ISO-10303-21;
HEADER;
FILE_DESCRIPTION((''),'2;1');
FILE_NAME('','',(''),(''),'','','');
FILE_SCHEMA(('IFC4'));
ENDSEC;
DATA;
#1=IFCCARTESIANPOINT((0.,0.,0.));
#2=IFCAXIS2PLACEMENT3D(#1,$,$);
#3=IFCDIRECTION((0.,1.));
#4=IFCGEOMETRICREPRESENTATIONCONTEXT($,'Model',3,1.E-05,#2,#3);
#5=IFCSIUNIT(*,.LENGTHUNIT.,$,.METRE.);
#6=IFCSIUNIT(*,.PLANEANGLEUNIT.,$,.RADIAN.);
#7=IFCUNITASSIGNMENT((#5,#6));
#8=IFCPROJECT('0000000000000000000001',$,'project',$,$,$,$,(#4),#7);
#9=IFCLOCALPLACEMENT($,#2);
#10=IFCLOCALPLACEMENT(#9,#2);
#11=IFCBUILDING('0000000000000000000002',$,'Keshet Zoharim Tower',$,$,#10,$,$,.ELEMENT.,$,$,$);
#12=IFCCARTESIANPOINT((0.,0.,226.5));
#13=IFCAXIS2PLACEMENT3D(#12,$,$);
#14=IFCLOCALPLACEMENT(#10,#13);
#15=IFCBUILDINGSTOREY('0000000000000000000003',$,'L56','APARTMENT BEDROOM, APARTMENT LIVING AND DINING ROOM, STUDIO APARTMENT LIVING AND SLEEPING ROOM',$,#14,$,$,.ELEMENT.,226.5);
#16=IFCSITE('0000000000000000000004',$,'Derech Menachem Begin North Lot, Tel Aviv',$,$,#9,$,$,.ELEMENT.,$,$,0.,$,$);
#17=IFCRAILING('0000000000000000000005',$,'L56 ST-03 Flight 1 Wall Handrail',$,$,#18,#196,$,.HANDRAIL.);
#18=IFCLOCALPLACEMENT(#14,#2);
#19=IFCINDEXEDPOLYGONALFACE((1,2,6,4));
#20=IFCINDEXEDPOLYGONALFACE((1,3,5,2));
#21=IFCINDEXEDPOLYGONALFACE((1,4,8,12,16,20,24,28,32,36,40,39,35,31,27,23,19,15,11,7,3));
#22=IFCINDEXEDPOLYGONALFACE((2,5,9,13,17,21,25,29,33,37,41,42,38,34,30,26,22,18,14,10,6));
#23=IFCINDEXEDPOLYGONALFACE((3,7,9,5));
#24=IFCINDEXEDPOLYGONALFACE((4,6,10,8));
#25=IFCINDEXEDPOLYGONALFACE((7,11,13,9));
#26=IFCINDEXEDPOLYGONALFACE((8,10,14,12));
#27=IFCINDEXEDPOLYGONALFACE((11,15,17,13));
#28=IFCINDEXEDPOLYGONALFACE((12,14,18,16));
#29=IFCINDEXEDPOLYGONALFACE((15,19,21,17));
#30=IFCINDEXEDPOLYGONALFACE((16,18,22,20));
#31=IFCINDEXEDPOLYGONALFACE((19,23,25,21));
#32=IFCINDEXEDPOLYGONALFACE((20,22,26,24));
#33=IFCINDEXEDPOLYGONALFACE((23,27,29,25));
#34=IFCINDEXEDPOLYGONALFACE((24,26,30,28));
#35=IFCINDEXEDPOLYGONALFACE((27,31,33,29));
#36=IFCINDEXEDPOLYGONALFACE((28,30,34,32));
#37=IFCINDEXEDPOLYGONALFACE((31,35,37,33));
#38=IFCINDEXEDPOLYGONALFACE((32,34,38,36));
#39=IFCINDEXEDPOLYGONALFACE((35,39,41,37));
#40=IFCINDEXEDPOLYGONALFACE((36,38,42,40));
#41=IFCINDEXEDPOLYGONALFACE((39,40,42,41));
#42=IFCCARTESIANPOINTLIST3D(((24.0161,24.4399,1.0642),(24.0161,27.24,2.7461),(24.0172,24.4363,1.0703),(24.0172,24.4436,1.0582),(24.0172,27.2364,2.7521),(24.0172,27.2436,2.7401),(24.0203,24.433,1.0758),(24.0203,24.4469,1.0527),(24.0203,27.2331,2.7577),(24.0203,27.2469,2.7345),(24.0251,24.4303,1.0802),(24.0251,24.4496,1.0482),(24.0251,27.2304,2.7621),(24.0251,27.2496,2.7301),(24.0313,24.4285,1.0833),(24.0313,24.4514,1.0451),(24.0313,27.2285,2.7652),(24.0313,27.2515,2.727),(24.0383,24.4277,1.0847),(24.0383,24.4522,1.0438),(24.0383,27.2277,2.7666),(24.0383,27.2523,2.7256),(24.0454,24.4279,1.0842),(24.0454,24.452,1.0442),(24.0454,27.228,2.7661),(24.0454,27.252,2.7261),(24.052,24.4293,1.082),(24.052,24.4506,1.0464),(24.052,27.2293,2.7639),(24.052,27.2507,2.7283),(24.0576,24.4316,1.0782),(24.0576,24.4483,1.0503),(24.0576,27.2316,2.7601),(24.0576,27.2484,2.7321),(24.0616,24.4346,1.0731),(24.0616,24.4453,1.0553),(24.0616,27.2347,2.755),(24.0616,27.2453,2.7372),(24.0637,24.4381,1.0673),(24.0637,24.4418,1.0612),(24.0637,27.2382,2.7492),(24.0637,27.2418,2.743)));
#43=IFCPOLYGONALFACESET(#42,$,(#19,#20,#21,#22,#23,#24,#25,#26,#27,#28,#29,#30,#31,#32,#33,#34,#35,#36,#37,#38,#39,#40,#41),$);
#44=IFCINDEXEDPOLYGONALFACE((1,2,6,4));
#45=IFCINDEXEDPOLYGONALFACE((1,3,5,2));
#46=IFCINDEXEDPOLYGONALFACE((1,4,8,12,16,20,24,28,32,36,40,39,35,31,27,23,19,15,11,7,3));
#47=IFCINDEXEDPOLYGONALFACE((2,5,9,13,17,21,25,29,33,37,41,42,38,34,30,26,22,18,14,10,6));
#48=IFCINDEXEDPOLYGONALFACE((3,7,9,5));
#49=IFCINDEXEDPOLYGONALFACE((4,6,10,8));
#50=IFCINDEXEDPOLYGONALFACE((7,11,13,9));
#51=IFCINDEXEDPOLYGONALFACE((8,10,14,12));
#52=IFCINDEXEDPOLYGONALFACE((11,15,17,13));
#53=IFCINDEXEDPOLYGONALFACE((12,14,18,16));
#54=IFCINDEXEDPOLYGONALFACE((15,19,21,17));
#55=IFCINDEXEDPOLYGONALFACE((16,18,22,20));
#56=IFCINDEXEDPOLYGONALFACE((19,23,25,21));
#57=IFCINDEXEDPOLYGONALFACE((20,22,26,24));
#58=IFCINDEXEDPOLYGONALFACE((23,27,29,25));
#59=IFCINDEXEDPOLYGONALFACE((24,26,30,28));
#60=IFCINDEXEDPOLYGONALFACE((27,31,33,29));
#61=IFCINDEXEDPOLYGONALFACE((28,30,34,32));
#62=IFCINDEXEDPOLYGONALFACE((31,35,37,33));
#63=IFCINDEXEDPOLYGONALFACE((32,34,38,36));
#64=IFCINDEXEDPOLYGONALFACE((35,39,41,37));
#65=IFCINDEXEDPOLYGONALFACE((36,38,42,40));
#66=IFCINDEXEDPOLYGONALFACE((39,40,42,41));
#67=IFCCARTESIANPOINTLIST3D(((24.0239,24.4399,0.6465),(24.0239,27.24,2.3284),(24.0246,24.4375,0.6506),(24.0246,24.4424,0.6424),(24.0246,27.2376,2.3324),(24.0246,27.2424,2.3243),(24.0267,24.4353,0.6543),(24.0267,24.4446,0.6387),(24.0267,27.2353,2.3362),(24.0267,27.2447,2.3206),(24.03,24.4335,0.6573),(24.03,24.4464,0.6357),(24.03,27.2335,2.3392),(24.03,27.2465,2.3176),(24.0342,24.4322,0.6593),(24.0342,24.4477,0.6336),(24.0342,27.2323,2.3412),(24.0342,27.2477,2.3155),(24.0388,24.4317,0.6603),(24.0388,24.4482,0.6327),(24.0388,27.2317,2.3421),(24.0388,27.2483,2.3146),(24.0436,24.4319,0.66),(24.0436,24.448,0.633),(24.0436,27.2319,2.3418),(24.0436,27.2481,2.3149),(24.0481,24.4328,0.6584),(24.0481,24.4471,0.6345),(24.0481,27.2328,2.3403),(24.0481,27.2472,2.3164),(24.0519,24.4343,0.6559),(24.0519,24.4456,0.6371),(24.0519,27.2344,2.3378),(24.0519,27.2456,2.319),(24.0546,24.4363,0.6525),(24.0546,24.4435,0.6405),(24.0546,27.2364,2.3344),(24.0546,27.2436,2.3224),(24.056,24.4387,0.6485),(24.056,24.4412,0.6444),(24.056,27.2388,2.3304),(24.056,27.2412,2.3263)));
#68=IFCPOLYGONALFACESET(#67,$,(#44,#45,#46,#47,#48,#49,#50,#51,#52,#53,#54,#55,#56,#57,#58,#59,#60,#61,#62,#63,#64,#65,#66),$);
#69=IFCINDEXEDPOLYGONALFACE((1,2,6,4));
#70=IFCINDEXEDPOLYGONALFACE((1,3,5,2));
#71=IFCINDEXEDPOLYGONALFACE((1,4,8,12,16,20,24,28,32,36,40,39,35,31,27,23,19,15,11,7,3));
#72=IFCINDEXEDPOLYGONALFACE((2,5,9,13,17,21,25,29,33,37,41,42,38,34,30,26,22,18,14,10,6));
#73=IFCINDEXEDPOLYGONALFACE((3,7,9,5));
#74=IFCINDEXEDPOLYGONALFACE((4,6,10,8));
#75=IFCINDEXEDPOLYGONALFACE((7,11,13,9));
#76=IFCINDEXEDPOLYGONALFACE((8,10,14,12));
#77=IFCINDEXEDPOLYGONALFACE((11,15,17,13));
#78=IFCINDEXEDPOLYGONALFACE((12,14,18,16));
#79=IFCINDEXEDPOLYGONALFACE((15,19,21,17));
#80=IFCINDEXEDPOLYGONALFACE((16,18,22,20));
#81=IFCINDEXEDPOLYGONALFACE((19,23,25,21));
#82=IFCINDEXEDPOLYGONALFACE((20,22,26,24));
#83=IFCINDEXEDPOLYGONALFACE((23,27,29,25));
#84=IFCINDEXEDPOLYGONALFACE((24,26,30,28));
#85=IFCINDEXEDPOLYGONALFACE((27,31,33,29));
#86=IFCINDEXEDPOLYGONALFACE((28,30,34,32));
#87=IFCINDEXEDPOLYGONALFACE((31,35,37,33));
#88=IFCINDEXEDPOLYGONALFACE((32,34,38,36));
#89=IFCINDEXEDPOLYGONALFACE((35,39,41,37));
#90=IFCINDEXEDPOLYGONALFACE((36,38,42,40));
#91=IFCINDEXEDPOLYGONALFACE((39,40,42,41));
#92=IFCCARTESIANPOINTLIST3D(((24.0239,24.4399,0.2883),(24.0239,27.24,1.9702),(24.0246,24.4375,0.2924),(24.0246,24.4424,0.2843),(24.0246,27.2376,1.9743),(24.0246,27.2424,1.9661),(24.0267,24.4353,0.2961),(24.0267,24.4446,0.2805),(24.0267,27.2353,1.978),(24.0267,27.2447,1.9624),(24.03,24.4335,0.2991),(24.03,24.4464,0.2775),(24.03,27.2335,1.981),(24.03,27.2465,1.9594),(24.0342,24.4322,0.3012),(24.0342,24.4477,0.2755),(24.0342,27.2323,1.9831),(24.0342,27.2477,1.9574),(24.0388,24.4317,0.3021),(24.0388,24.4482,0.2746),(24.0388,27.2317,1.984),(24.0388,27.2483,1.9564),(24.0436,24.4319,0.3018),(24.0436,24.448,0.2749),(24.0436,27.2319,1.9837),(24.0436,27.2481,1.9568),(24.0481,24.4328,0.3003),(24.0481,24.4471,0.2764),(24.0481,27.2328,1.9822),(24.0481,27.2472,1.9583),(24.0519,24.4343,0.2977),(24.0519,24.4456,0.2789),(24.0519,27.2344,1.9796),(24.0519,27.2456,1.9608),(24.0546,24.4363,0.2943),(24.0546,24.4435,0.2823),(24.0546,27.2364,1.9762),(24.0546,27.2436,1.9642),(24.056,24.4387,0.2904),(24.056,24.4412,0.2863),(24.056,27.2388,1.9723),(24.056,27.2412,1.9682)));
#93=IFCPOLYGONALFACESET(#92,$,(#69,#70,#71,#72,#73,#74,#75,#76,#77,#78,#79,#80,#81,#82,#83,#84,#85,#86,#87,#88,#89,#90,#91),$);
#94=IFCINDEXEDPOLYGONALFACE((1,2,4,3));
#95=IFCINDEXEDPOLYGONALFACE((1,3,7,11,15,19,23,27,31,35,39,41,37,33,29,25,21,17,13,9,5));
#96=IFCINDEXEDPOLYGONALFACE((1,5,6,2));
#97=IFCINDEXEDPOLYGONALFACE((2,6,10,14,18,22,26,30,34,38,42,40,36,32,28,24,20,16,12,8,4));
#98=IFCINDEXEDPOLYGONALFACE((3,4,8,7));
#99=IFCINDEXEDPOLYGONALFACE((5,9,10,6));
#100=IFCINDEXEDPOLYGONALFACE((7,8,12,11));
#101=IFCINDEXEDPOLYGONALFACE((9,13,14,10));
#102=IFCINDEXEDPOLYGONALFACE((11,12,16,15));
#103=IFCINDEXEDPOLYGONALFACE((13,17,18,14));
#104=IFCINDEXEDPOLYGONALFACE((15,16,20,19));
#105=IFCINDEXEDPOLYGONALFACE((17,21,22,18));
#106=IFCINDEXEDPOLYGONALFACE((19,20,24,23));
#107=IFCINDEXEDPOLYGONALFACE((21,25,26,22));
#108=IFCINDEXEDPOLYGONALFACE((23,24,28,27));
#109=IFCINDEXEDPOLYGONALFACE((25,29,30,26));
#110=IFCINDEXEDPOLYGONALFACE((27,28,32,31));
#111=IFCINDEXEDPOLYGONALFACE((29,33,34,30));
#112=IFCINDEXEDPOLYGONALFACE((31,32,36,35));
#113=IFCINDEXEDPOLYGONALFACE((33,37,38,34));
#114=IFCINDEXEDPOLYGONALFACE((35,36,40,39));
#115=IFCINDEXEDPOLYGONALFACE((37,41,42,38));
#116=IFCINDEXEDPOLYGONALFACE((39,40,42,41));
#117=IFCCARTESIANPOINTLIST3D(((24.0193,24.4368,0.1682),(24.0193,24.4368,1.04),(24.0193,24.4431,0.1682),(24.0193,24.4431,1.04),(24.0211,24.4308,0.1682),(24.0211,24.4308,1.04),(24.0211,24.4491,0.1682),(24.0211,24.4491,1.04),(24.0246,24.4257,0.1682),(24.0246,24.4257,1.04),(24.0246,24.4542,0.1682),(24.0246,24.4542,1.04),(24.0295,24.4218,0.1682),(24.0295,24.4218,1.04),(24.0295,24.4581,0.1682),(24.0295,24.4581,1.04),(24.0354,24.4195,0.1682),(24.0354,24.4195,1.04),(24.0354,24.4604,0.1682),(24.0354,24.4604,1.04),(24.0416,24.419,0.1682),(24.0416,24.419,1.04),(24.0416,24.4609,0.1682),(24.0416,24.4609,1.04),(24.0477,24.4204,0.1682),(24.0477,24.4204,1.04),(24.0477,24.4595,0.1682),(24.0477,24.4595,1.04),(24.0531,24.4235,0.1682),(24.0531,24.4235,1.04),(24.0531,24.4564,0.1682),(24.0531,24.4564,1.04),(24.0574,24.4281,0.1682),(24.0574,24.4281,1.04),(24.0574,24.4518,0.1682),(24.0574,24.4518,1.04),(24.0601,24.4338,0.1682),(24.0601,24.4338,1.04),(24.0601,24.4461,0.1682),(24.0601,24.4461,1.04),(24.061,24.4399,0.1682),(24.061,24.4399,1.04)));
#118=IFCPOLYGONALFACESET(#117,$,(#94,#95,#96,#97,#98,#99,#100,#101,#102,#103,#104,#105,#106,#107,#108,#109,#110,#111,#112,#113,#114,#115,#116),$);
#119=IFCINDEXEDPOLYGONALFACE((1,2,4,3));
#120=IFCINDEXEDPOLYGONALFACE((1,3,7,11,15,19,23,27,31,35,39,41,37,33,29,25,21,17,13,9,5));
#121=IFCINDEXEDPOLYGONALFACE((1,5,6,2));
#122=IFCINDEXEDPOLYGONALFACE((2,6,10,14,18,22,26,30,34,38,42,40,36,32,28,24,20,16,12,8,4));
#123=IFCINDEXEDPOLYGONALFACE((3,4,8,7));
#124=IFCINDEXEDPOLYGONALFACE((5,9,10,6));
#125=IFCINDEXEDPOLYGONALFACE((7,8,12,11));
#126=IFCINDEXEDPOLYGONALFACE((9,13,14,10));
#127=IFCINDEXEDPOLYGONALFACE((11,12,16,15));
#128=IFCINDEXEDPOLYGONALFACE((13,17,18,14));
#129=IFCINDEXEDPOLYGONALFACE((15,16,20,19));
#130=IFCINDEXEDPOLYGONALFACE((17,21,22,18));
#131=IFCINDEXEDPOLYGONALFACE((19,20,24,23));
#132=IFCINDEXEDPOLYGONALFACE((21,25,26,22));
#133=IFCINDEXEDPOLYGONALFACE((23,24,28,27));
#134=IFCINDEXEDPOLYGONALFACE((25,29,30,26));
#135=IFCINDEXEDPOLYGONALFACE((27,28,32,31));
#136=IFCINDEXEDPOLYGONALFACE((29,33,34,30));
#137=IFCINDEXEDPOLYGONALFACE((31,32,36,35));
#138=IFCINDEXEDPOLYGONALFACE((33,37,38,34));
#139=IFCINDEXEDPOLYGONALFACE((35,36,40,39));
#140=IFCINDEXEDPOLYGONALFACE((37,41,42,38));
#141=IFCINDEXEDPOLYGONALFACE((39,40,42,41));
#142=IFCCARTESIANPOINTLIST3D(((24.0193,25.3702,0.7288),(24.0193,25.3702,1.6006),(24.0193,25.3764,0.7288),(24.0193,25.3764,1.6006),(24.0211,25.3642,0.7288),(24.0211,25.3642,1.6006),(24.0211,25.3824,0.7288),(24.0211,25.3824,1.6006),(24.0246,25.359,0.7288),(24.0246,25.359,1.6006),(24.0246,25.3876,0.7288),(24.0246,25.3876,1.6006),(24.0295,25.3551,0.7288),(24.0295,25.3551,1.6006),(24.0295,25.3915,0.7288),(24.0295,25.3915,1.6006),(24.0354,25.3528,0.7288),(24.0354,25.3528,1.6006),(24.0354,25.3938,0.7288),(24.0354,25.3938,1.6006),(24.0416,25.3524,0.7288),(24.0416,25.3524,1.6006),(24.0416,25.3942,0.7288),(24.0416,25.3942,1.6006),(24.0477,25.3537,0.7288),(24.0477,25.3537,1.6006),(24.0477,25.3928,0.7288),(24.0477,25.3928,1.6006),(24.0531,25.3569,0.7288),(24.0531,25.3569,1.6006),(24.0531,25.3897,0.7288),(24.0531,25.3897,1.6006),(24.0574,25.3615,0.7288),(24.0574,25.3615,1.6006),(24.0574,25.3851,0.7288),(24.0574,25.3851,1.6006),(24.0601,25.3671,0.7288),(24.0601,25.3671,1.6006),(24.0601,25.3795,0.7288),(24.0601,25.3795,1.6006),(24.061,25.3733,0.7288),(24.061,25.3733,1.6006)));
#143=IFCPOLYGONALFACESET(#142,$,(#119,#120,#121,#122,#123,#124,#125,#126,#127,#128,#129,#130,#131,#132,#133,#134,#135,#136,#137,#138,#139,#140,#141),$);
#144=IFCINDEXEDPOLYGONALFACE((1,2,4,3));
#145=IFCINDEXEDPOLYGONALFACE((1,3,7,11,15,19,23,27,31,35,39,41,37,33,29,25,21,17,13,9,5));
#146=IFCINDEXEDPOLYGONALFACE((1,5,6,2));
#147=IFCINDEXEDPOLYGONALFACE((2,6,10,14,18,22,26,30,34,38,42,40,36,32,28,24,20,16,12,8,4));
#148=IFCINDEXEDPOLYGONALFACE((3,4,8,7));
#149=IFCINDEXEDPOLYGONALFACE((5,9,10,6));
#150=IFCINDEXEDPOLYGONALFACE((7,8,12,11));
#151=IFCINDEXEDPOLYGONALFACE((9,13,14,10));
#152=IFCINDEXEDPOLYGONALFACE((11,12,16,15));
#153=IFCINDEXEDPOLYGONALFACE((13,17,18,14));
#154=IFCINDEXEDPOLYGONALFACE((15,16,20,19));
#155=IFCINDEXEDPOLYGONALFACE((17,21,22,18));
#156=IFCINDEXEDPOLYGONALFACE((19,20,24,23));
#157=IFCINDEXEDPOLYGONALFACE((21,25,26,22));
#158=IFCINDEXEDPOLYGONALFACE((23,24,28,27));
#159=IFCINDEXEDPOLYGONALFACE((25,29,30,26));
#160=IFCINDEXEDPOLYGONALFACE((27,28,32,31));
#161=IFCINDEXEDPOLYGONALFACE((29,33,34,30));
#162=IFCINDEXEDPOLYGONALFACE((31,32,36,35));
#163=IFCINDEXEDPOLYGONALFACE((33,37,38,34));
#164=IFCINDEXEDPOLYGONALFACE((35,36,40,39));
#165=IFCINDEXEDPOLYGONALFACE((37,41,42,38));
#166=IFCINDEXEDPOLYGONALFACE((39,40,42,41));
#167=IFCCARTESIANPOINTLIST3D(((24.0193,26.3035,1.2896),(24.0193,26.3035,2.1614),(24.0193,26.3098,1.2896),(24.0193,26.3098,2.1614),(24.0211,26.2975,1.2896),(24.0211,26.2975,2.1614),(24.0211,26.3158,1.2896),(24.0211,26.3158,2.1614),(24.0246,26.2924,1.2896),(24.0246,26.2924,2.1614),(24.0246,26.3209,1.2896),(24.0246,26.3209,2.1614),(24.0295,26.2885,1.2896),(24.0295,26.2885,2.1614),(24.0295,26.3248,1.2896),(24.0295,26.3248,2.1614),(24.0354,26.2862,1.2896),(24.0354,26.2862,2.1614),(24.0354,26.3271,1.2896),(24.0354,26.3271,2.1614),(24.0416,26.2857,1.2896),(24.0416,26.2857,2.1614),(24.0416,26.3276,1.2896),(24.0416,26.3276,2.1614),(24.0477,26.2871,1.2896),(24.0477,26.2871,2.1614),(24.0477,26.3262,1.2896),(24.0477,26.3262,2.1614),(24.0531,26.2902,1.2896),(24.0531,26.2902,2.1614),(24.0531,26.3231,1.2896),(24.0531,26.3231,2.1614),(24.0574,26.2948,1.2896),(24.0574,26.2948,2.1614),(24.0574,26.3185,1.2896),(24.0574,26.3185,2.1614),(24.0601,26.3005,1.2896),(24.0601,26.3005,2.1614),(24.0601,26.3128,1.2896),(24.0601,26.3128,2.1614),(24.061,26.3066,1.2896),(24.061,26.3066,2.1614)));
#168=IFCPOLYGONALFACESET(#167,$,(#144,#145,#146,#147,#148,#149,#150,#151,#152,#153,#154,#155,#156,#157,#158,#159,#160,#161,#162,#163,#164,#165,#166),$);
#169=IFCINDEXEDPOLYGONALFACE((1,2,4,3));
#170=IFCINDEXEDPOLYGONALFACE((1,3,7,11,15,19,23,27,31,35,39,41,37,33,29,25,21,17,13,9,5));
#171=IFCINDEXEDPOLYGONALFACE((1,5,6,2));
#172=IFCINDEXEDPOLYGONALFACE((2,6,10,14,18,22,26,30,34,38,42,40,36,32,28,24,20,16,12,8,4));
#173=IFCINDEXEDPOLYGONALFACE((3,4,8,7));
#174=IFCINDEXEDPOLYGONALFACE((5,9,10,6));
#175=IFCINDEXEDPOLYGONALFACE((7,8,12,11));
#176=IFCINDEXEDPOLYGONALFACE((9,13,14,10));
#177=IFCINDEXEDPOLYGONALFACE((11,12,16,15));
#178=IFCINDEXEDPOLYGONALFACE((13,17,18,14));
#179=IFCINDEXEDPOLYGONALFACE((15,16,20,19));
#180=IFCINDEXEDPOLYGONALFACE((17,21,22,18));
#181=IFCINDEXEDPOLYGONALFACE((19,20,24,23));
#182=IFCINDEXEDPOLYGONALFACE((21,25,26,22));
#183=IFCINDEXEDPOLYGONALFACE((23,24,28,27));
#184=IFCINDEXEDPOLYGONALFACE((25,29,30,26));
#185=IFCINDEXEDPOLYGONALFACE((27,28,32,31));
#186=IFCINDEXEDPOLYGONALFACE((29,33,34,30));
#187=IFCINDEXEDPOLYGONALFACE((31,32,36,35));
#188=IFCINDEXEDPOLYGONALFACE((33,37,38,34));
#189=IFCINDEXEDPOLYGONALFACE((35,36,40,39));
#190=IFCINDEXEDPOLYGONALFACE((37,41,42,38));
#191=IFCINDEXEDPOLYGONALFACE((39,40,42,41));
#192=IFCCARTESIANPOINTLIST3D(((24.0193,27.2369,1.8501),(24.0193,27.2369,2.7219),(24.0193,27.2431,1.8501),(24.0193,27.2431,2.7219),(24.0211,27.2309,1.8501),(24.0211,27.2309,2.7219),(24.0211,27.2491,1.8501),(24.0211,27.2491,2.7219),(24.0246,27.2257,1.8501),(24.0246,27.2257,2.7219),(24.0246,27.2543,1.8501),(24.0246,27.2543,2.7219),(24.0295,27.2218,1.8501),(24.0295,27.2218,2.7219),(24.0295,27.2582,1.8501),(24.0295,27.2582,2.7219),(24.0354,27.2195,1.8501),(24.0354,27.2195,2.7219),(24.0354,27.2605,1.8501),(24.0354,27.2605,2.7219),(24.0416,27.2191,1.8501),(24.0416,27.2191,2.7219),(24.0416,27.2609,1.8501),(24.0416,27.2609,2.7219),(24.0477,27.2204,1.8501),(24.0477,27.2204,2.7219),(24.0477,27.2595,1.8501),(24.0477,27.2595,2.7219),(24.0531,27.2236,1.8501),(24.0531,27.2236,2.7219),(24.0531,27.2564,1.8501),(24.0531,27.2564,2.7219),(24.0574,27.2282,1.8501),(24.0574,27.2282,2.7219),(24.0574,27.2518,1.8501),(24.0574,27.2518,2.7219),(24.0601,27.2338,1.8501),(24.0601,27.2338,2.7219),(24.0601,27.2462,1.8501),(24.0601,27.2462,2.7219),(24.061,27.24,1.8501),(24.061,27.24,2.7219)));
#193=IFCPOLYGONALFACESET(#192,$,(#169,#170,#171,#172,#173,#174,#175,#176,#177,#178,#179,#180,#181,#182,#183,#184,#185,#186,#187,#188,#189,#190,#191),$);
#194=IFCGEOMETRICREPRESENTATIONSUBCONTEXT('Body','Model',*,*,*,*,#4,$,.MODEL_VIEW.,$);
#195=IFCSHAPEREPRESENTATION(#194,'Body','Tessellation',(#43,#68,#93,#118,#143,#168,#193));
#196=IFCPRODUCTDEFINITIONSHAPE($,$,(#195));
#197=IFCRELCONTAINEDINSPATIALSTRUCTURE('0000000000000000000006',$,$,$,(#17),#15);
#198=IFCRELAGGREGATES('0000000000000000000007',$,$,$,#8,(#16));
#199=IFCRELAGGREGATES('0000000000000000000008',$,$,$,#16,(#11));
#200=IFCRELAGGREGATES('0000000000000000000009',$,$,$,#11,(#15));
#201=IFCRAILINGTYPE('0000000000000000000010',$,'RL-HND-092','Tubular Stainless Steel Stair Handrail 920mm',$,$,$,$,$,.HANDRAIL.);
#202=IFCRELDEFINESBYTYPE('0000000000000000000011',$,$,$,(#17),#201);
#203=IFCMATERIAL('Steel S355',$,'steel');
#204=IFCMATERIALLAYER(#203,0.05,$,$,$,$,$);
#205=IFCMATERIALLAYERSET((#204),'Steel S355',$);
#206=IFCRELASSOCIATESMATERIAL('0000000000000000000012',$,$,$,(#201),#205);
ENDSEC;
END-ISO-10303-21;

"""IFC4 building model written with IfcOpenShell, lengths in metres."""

from ifc_helpers import new_model, si_unit, direction, frame, origin, origin_2d, place, context, subcontext, project, spatial, circle, extrude, material, layer, layer_set, type_object, element, save


model = new_model("IFC4")

# Units and contexts
model_context = context("Model", 3, precision=1e-05, world=origin(), true_north=direction((0.0, 1.0)))
body_context = subcontext(model_context, "Body", "Model", "MODEL_VIEW")
ifc_project = project(units=[si_unit("LENGTHUNIT", "METRE"), si_unit("PLANEANGLEUNIT", "RADIAN")], contexts=[model_context])

# Site, building, storey
site_placement = place(None, origin())
site = spatial("IfcSite", under=ifc_project, at=site_placement, Name="Derech Menachem Begin North Lot, Tel Aviv", CompositionType="ELEMENT", RefElevation=0.0)
building_placement = place(site_placement, origin())
building = spatial("IfcBuilding", under=site, at=building_placement, Name="Keshet Zoharim Tower", CompositionType="ELEMENT")
storey_placement = place(building_placement, frame((0.0, 0.0, 226.5)))
storey = spatial("IfcBuildingStorey", under=building, at=storey_placement, Name="L56", Description="APARTMENT BEDROOM, APARTMENT LIVING AND DINING ROOM, STUDIO APARTMENT LIVING AND SLEEPING ROOM", CompositionType="ELEMENT", Elevation=226.5)

# Railing
ifc_material_1 = material(Name="Steel S355", Category="steel")
ifc_layer_1 = layer(ifc_material_1, 0.05)
ifc_layer_set_1 = layer_set([ifc_layer_1], Name="Steel S355")
railing_type_1 = type_object("IfcRailingType", Name="RL-HND-092", Description="Tubular Stainless Steel Stair Handrail 920mm", PredefinedType="HANDRAIL", material=ifc_layer_set_1)
railing_1_placement = place(storey_placement, frame((24.04, 24.4399, 0.1682)))
element("IfcRailing", 1, at=railing_1_placement, inside=storey, type_object=railing_type_1, Name="L56 ST-03 Flight 1 Wall Handrail", PredefinedType="HANDRAIL", context=body_context, shape_type="SweptSolid", body=[
    extrude(circle(Radius=0.0239, at=origin_2d()), frame((0.0, 0.0, 0.896), z_axis=(0.0, 0.857242, 0.514913), x_axis=(-1.0, 0.0, 0.0)), (0.0, 0.0, 1.0), 3.2664),
    extrude(circle(Radius=0.0161, at=origin_2d()), frame((0.0, 0.0, 0.4783), z_axis=(0.0, 0.857242, 0.514913), x_axis=(-1.0, 0.0, 0.0)), (0.0, 0.0, 1.0), 3.2664),
    extrude(circle(Radius=0.0161, at=origin_2d()), frame((0.0, 0.0, 0.1201), z_axis=(0.0, 0.857242, 0.514913), x_axis=(-1.0, 0.0, 0.0)), (0.0, 0.0, 1.0), 3.2664),
    extrude(circle(Radius=0.021, at=origin_2d()), origin(), (0.0, 0.0, 1.0), 0.8718),
    extrude(circle(Radius=0.021, at=origin_2d()), frame((0.0, 0.9333, 0.5605)), (0.0, 0.0, 1.0), 0.8718),
    extrude(circle(Radius=0.021, at=origin_2d()), frame((0.0, 1.8667, 1.1213)), (0.0, 0.0, 1.0), 0.8718),
    extrude(circle(Radius=0.021, at=origin_2d()), frame((0.0, 2.8, 1.6819)), (0.0, 0.0, 1.0), 0.8718),
])

save(model, "model.ifc")
